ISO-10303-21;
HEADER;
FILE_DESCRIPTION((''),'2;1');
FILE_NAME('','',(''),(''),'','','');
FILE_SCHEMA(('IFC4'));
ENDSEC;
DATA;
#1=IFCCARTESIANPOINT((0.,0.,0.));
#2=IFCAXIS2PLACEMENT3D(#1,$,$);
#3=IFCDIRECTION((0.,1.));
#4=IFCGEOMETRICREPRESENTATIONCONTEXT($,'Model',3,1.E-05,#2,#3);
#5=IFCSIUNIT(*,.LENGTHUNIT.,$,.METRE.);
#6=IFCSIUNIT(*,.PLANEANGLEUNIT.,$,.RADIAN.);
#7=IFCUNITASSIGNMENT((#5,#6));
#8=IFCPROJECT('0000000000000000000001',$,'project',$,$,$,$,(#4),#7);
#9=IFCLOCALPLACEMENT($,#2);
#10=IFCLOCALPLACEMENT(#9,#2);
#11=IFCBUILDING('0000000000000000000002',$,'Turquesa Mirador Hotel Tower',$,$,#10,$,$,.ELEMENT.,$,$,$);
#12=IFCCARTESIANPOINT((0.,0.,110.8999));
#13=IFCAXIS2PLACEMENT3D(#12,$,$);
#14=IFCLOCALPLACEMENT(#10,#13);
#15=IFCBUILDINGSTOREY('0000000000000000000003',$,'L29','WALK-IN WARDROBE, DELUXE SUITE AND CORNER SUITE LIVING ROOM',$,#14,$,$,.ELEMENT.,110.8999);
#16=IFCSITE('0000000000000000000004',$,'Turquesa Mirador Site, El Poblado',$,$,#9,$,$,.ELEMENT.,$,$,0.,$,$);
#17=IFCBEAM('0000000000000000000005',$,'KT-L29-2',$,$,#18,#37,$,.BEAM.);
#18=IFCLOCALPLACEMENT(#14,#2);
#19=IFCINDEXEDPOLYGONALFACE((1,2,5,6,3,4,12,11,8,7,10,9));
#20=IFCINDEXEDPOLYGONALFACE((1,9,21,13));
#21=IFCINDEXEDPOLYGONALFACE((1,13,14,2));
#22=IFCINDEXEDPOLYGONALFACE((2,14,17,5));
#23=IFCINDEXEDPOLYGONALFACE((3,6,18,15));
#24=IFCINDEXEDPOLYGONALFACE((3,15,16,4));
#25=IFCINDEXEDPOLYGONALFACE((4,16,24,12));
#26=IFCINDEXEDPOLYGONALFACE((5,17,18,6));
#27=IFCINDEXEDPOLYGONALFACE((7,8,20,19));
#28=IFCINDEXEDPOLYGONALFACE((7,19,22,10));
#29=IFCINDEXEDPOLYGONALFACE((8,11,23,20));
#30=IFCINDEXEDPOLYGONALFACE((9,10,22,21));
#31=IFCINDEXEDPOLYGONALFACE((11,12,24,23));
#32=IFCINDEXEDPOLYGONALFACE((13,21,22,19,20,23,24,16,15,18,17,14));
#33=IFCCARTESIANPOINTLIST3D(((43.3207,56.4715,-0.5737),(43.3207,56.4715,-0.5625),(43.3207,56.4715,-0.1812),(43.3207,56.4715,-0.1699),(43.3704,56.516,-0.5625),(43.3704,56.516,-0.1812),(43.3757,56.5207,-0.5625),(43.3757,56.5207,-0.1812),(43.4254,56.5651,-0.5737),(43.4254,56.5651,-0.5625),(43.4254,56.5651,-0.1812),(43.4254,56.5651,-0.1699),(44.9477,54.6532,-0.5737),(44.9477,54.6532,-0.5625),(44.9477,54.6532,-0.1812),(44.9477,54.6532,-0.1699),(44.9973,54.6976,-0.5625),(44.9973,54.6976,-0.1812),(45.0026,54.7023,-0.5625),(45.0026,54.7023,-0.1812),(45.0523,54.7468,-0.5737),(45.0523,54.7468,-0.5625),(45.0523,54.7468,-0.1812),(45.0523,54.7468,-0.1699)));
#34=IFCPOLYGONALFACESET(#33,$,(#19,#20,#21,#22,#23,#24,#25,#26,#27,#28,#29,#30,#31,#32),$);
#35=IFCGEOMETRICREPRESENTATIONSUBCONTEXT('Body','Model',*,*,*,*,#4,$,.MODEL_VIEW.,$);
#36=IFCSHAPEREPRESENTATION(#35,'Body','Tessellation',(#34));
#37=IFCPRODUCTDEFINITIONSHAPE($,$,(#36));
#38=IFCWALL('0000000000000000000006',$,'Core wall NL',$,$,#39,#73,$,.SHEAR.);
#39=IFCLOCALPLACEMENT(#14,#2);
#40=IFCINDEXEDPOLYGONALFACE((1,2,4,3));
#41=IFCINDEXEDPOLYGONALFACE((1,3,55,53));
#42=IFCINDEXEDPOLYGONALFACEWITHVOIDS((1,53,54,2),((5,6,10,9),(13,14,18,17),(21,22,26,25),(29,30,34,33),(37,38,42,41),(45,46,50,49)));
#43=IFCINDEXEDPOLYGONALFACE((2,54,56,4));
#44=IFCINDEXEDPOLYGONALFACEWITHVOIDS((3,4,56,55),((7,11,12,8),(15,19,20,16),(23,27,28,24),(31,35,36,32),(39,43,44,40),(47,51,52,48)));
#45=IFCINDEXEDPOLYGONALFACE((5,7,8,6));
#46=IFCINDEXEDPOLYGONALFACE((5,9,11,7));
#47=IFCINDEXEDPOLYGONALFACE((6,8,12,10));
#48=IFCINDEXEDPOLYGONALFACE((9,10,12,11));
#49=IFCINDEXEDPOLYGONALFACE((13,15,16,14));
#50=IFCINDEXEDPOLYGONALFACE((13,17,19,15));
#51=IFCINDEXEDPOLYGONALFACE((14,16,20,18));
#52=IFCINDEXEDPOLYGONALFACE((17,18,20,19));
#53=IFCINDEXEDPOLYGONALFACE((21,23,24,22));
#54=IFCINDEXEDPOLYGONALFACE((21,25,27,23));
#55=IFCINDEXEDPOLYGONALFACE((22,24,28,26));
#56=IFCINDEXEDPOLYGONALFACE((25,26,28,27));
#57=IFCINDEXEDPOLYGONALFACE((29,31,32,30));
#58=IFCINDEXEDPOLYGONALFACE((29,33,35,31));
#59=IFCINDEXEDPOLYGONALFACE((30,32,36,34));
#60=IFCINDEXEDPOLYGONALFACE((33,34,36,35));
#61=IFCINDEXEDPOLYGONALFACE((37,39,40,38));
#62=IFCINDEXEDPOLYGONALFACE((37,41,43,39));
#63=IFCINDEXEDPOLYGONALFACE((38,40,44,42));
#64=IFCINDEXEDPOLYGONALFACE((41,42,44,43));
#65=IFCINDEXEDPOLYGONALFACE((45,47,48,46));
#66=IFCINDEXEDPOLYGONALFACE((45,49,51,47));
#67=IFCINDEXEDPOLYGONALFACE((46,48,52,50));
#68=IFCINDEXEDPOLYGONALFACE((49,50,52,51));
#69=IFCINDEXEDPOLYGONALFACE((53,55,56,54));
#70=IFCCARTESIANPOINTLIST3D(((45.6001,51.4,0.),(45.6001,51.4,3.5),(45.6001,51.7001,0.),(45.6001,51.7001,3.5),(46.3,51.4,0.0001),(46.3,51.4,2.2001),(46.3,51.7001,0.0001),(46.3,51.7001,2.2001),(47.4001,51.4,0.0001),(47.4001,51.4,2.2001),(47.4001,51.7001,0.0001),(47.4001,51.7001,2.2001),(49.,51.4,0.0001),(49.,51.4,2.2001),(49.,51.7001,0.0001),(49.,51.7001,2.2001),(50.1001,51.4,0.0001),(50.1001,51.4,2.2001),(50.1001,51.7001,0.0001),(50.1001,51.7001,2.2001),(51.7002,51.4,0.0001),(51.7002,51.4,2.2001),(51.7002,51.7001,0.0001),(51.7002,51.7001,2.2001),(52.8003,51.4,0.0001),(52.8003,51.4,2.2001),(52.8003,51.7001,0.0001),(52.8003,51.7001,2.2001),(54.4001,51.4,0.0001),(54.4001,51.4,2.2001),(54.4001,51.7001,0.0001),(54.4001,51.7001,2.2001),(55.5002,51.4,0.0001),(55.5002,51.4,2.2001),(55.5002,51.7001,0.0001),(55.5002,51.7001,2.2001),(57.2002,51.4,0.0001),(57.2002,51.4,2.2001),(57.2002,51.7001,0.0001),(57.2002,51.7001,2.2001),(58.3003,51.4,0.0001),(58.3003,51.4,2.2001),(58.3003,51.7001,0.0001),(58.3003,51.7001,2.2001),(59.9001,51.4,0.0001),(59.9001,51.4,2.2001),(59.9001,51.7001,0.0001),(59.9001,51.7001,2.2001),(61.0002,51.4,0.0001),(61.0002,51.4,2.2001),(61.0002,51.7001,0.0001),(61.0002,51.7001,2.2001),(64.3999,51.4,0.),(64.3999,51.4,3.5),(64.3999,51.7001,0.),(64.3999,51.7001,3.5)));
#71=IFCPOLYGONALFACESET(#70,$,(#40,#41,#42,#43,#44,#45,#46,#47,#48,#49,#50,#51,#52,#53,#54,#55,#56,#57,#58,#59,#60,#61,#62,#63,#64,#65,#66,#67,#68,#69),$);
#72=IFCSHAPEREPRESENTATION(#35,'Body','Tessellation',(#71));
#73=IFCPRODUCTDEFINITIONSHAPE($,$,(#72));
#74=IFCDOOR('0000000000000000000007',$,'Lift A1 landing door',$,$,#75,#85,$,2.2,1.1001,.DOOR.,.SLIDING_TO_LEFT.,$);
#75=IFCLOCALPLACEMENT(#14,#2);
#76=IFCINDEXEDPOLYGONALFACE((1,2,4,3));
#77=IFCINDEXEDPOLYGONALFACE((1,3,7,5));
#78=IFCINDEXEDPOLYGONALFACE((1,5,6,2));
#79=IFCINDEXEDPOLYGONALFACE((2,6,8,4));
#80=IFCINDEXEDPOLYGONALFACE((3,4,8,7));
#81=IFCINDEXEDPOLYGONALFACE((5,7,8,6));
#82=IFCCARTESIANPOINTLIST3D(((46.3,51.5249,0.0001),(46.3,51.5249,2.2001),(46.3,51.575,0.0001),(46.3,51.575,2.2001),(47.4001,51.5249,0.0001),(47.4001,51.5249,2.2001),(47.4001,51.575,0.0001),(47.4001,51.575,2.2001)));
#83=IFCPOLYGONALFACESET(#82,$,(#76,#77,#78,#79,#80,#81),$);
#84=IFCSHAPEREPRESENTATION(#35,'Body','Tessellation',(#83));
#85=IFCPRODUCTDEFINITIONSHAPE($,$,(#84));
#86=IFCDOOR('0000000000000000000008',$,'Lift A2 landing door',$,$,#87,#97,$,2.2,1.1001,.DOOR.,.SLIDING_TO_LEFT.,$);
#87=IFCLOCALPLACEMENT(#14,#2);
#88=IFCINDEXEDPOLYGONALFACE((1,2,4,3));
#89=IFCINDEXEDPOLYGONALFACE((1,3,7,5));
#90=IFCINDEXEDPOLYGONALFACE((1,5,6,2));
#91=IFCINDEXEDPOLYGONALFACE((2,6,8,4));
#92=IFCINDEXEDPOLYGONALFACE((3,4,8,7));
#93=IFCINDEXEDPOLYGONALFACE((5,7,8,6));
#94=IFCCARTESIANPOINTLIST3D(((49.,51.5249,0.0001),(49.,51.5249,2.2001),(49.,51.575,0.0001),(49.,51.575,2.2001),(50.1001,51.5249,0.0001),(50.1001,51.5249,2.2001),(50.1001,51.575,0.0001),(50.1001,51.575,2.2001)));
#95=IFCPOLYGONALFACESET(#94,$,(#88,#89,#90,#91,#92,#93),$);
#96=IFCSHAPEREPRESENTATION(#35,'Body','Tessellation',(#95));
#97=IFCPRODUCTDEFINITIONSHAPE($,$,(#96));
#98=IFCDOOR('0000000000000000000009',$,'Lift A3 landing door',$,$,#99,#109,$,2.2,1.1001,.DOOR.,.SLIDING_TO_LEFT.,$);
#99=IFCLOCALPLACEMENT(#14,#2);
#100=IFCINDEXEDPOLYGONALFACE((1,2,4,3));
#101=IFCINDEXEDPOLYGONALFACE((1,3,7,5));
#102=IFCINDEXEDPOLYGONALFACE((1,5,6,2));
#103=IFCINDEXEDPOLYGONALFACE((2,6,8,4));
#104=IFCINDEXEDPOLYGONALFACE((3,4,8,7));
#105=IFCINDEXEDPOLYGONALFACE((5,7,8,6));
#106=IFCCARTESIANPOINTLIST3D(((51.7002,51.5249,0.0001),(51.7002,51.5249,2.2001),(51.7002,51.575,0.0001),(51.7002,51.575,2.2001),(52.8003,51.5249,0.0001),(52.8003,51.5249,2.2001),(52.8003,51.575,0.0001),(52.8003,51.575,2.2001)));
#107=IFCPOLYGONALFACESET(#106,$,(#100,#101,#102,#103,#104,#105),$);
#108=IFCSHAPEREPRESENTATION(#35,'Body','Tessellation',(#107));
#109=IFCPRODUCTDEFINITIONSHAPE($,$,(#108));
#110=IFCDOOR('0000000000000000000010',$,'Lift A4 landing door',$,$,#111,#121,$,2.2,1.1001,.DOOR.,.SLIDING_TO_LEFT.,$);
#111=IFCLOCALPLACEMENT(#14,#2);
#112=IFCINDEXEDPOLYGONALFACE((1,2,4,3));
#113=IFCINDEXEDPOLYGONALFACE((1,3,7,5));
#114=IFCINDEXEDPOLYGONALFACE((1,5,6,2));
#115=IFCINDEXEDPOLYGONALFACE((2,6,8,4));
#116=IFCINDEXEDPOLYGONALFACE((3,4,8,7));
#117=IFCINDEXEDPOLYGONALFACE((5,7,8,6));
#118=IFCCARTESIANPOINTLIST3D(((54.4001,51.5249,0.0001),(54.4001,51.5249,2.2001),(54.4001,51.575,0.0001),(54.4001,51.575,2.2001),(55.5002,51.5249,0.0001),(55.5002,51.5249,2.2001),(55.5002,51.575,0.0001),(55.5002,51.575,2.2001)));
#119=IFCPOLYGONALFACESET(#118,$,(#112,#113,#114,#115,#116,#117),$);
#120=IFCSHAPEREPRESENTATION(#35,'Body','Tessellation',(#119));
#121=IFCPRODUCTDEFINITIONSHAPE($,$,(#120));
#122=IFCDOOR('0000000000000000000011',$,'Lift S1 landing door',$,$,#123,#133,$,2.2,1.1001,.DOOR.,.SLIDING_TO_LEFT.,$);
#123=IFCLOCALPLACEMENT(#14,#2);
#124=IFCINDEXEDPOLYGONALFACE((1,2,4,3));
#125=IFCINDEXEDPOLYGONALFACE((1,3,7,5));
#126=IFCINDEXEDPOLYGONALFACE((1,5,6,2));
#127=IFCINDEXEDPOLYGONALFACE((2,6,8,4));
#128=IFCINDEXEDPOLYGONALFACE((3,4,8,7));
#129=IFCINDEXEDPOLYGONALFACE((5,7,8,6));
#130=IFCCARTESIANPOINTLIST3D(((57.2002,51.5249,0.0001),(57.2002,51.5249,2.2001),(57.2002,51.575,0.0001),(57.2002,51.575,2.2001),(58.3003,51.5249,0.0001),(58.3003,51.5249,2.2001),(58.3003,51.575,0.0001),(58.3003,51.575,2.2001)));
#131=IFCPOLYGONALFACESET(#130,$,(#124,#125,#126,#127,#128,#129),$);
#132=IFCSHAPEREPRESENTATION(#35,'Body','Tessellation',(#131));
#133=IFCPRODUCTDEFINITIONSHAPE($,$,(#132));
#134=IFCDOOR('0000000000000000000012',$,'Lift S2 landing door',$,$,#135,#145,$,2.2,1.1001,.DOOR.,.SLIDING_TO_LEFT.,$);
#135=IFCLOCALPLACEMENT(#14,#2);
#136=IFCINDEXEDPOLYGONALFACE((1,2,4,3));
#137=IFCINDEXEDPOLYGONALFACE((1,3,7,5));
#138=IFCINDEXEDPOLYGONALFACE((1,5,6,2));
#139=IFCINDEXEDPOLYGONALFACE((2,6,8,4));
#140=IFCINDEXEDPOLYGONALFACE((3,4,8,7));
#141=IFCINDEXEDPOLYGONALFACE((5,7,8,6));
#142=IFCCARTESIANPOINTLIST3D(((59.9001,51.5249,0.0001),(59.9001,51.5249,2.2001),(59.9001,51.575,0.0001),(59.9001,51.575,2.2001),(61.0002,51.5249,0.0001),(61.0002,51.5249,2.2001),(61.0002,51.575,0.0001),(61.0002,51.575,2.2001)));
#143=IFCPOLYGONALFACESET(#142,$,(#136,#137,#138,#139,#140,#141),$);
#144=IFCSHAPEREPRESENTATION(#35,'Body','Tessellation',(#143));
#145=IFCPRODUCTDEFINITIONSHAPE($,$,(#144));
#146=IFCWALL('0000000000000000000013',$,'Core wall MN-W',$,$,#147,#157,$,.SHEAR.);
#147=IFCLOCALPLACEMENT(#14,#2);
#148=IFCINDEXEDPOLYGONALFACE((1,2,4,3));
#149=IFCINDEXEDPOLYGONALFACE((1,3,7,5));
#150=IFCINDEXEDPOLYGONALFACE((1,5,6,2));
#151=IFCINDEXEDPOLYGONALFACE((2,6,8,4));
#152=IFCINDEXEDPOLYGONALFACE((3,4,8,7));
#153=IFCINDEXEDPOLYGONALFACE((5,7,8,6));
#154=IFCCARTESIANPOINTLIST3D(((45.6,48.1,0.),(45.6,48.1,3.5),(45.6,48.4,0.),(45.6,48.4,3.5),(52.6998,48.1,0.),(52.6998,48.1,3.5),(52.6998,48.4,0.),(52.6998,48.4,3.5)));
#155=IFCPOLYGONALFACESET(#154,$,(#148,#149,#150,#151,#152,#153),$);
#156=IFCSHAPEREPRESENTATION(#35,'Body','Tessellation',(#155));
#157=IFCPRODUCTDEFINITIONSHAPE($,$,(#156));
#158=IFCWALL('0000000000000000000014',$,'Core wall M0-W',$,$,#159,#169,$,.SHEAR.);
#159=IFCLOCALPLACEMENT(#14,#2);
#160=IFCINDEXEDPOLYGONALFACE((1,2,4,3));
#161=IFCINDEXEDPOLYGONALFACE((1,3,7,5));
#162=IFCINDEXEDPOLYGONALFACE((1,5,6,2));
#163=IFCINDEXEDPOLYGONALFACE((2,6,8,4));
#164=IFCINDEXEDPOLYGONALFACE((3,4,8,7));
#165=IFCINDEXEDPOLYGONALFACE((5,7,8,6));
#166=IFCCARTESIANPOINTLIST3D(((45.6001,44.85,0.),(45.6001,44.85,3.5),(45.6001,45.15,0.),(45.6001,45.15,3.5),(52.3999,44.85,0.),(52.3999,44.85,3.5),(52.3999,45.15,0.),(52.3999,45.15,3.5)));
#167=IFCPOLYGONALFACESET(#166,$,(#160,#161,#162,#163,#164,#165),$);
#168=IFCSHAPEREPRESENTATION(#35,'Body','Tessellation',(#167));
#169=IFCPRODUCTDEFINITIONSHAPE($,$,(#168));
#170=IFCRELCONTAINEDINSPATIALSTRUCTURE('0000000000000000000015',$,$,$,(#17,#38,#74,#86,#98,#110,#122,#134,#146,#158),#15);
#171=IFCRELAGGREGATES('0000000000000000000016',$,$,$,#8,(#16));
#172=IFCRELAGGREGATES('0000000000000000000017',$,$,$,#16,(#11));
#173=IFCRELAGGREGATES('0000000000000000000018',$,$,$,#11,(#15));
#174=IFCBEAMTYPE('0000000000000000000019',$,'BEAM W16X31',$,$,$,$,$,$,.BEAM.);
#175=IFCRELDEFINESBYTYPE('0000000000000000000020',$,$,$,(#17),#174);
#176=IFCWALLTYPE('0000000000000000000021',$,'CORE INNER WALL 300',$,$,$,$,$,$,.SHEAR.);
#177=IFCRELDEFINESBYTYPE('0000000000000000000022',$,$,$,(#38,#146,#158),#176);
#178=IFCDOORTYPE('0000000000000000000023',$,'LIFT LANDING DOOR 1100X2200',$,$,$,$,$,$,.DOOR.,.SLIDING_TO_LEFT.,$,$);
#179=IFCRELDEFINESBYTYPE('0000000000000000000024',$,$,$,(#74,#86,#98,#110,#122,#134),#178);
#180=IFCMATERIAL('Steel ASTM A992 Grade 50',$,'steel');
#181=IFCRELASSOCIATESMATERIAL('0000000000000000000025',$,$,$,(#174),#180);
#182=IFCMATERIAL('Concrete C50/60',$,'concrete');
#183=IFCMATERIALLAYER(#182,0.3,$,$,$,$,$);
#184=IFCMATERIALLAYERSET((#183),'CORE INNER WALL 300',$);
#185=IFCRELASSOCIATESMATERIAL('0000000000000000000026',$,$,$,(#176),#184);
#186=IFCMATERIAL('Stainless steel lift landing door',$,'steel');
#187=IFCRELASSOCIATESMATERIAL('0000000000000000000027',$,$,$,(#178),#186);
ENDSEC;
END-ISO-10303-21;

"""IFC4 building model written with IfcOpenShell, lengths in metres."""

from ifc_helpers import new_model, si_unit, direction, frame, frame_2d, origin, origin_2d, place, context, subcontext, project, spatial, rectangle, i_section, extrude, material, layer, layer_set, material_profile, profile_set, type_object, element, fill, save


model = new_model("IFC4")

# Units and contexts
model_context = context("Model", 3, precision=1e-05, world=origin(), true_north=direction((0.0, 1.0)))
body_context = subcontext(model_context, "Body", "Model", "MODEL_VIEW")
ifc_project = project(units=[si_unit("LENGTHUNIT", "METRE"), si_unit("PLANEANGLEUNIT", "RADIAN")], contexts=[model_context])

# Site, building, storey
site_placement = place(None, origin())
site = spatial("IfcSite", under=ifc_project, at=site_placement, Name="Turquesa Mirador Site, El Poblado", CompositionType="ELEMENT", RefElevation=0.0)
building_placement = place(site_placement, origin())
building = spatial("IfcBuilding", under=site, at=building_placement, Name="Turquesa Mirador Hotel Tower", CompositionType="ELEMENT")
storey_placement = place(building_placement, frame((0.0, 0.0, 110.8999)))
storey = spatial("IfcBuildingStorey", under=building, at=storey_placement, Name="L29", Description="WALK-IN WARDROBE, DELUXE SUITE AND CORNER SUITE LIVING ROOM", CompositionType="ELEMENT", Elevation=110.8999)

# Beam
ifc_material_1 = material(Name="Steel ASTM A992 Grade 50", Category="steel")
ifc_material_profile = material_profile(ifc_material_1, i_section(OverallWidth=0.1404, OverallDepth=0.4038, WebThickness=0.0071, FlangeThickness=0.0112, at=origin_2d()), Name="W16X31")
ifc_profile_set = profile_set([ifc_material_profile], Name="Steel ASTM A992 Grade 50")
beam_type = type_object("IfcBeamType", Name="BEAM W16X31", PredefinedType="BEAM", material=ifc_profile_set)
beam_placement = place(storey_placement, frame((43.373, 56.5183, -0.3718), z_axis=(0.666795, -0.745241, 0.0), x_axis=(0.745241, 0.666795, 0.0)))
element("IfcBeam", 1, at=beam_placement, inside=storey, type_object=beam_type, Name="KT-L29-2", PredefinedType="BEAM", context=body_context, shape_type="SweptSolid", body=[
    extrude(i_section(OverallWidth=0.1404, OverallDepth=0.4038, WebThickness=0.0071, FlangeThickness=0.0112, at=origin_2d()), origin(), (0.0, 0.0, 1.0), 2.4399),
])

# Wall, openings, doors
ifc_material_2 = material(Name="Concrete C50/60", Category="concrete")
ifc_layer_1 = layer(ifc_material_2, 0.3)
ifc_layer_set_1 = layer_set([ifc_layer_1], Name="CORE INNER WALL 300")
wall_type_1 = type_object("IfcWallType", Name="CORE INNER WALL 300", PredefinedType="SHEAR", material=ifc_layer_set_1)
wall_1_placement = place(storey_placement, frame((45.6001, 51.55, 0.0), z_axis=(0.0, 0.0, 1.0), x_axis=(1.0, 0.0, 0.0)))
wall_1 = element("IfcWall", 2, at=wall_1_placement, inside=storey, type_object=wall_type_1, Name="Core wall NL", PredefinedType="SHEAR", context=body_context, shape_type="SweptSolid", body=[
    extrude(rectangle(XDim=18.7998, YDim=0.3, at=frame_2d((9.3999, 0.0))), origin(), (0.0, 0.0, 1.0), 3.5),
])
opening_1_placement = place(wall_1_placement, frame((0.7, 0.0, 0.0)))
opening_1 = element("IfcOpeningElement", 3, at=opening_1_placement, cuts=wall_1, PredefinedType="OPENING", context=body_context, shape_type="SweptSolid", body=[
    extrude(rectangle(XDim=1.1001, YDim=2.2, at=frame_2d((0.55, 1.1001))), frame((0.0, 0.1599, 0.0), z_axis=(0.0, -1.0, 0.0), x_axis=(1.0, 0.0, 0.0)), (0.0, 0.0, 1.0), 0.3201),
])
opening_2_placement = place(wall_1_placement, frame((3.3999, 0.0, 0.0)))
opening_2 = element("IfcOpeningElement", 4, at=opening_2_placement, cuts=wall_1, PredefinedType="OPENING", context=body_context, shape_type="SweptSolid", body=[
    extrude(rectangle(XDim=1.1001, YDim=2.2, at=frame_2d((0.55, 1.1001))), frame((0.0, 0.1599, 0.0), z_axis=(0.0, -1.0, 0.0), x_axis=(1.0, 0.0, 0.0)), (0.0, 0.0, 1.0), 0.3201),
])
opening_3_placement = place(wall_1_placement, frame((6.1001, 0.0, 0.0)))
opening_3 = element("IfcOpeningElement", 5, at=opening_3_placement, cuts=wall_1, PredefinedType="OPENING", context=body_context, shape_type="SweptSolid", body=[
    extrude(rectangle(XDim=1.1001, YDim=2.2, at=frame_2d((0.55, 1.1001))), frame((0.0, 0.1599, 0.0), z_axis=(0.0, -1.0, 0.0), x_axis=(1.0, 0.0, 0.0)), (0.0, 0.0, 1.0), 0.3201),
])
opening_4_placement = place(wall_1_placement, frame((8.8, 0.0, 0.0)))
opening_4 = element("IfcOpeningElement", 6, at=opening_4_placement, cuts=wall_1, PredefinedType="OPENING", context=body_context, shape_type="SweptSolid", body=[
    extrude(rectangle(XDim=1.1001, YDim=2.2, at=frame_2d((0.55, 1.1001))), frame((0.0, 0.1599, 0.0), z_axis=(0.0, -1.0, 0.0), x_axis=(1.0, 0.0, 0.0)), (0.0, 0.0, 1.0), 0.3201),
])
opening_5_placement = place(wall_1_placement, frame((11.6001, 0.0, 0.0)))
opening_5 = element("IfcOpeningElement", 7, at=opening_5_placement, cuts=wall_1, PredefinedType="OPENING", context=body_context, shape_type="SweptSolid", body=[
    extrude(rectangle(XDim=1.1001, YDim=2.2, at=frame_2d((0.55, 1.1001))), frame((0.0, 0.1599, 0.0), z_axis=(0.0, -1.0, 0.0), x_axis=(1.0, 0.0, 0.0)), (0.0, 0.0, 1.0), 0.3201),
])
opening_6_placement = place(wall_1_placement, frame((14.3, 0.0, 0.0)))
opening_6 = element("IfcOpeningElement", 8, at=opening_6_placement, cuts=wall_1, PredefinedType="OPENING", context=body_context, shape_type="SweptSolid", body=[
    extrude(rectangle(XDim=1.1001, YDim=2.2, at=frame_2d((0.55, 1.1001))), frame((0.0, 0.1599, 0.0), z_axis=(0.0, -1.0, 0.0), x_axis=(1.0, 0.0, 0.0)), (0.0, 0.0, 1.0), 0.3201),
])
ifc_material_3 = material(Name="Stainless steel lift landing door", Category="steel")
door_type_1 = type_object("IfcDoorType", Name="LIFT LANDING DOOR 1100X2200", OperationType="SLIDING_TO_LEFT", PredefinedType="DOOR", material=ifc_material_3)
door_1_placement = place(opening_1_placement, origin())
door_1 = element("IfcDoor", 9, at=door_1_placement, inside=storey, type_object=door_type_1, Name="Lift A1 landing door", OperationType="SLIDING_TO_LEFT", OverallHeight=2.2, OverallWidth=1.1001, PredefinedType="DOOR", context=body_context, shape_type="SweptSolid", body=[
    extrude(rectangle(XDim=1.1001, YDim=2.2, at=frame_2d((0.55, 1.1001))), frame((0.0, 0.0249, 0.0), z_axis=(0.0, -1.0, 0.0), x_axis=(1.0, 0.0, 0.0)), (0.0, 0.0, 1.0), 0.05),
])
fill(opening_1, door_1)
door_2_placement = place(opening_2_placement, origin())
door_2 = element("IfcDoor", 10, at=door_2_placement, inside=storey, type_object=door_type_1, Name="Lift A2 landing door", OperationType="SLIDING_TO_LEFT", OverallHeight=2.2, OverallWidth=1.1001, PredefinedType="DOOR", context=body_context, shape_type="SweptSolid", body=[
    extrude(rectangle(XDim=1.1001, YDim=2.2, at=frame_2d((0.55, 1.1001))), frame((0.0, 0.0249, 0.0), z_axis=(0.0, -1.0, 0.0), x_axis=(1.0, 0.0, 0.0)), (0.0, 0.0, 1.0), 0.05),
])
fill(opening_2, door_2)
door_3_placement = place(opening_3_placement, origin())
door_3 = element("IfcDoor", 11, at=door_3_placement, inside=storey, type_object=door_type_1, Name="Lift A3 landing door", OperationType="SLIDING_TO_LEFT", OverallHeight=2.2, OverallWidth=1.1001, PredefinedType="DOOR", context=body_context, shape_type="SweptSolid", body=[
    extrude(rectangle(XDim=1.1001, YDim=2.2, at=frame_2d((0.55, 1.1001))), frame((0.0, 0.0249, 0.0), z_axis=(0.0, -1.0, 0.0), x_axis=(1.0, 0.0, 0.0)), (0.0, 0.0, 1.0), 0.05),
])
fill(opening_3, door_3)
door_4_placement = place(opening_4_placement, origin())
door_4 = element("IfcDoor", 12, at=door_4_placement, inside=storey, type_object=door_type_1, Name="Lift A4 landing door", OperationType="SLIDING_TO_LEFT", OverallHeight=2.2, OverallWidth=1.1001, PredefinedType="DOOR", context=body_context, shape_type="SweptSolid", body=[
    extrude(rectangle(XDim=1.1001, YDim=2.2, at=frame_2d((0.55, 1.1001))), frame((0.0, 0.0249, 0.0), z_axis=(0.0, -1.0, 0.0), x_axis=(1.0, 0.0, 0.0)), (0.0, 0.0, 1.0), 0.05),
])
fill(opening_4, door_4)
door_5_placement = place(opening_5_placement, origin())
door_5 = element("IfcDoor", 13, at=door_5_placement, inside=storey, type_object=door_type_1, Name="Lift S1 landing door", OperationType="SLIDING_TO_LEFT", OverallHeight=2.2, OverallWidth=1.1001, PredefinedType="DOOR", context=body_context, shape_type="SweptSolid", body=[
    extrude(rectangle(XDim=1.1001, YDim=2.2, at=frame_2d((0.55, 1.1001))), frame((0.0, 0.0249, 0.0), z_axis=(0.0, -1.0, 0.0), x_axis=(1.0, 0.0, 0.0)), (0.0, 0.0, 1.0), 0.05),
])
fill(opening_5, door_5)
door_6_placement = place(opening_6_placement, origin())
door_6 = element("IfcDoor", 14, at=door_6_placement, inside=storey, type_object=door_type_1, Name="Lift S2 landing door", OperationType="SLIDING_TO_LEFT", OverallHeight=2.2, OverallWidth=1.1001, PredefinedType="DOOR", context=body_context, shape_type="SweptSolid", body=[
    extrude(rectangle(XDim=1.1001, YDim=2.2, at=frame_2d((0.55, 1.1001))), frame((0.0, 0.0249, 0.0), z_axis=(0.0, -1.0, 0.0), x_axis=(1.0, 0.0, 0.0)), (0.0, 0.0, 1.0), 0.05),
])
fill(opening_6, door_6)

# Walls
wall_2_placement = place(storey_placement, frame((45.6001, 48.25, 0.0), z_axis=(0.0, 0.0, 1.0), x_axis=(1.0, 0.0, 0.0)))
element("IfcWall", 15, at=wall_2_placement, inside=storey, type_object=wall_type_1, Name="Core wall MN-W", PredefinedType="SHEAR", context=body_context, shape_type="SweptSolid", body=[
    extrude(rectangle(XDim=7.0999, YDim=0.3, at=frame_2d((3.5498, 0.0))), origin(), (0.0, 0.0, 1.0), 3.5),
])
wall_3_placement = place(storey_placement, frame((45.6001, 45.0, 0.0), z_axis=(0.0, 0.0, 1.0), x_axis=(1.0, 0.0, 0.0)))
element("IfcWall", 16, at=wall_3_placement, inside=storey, type_object=wall_type_1, Name="Core wall M0-W", PredefinedType="SHEAR", context=body_context, shape_type="SweptSolid", body=[
    extrude(rectangle(XDim=6.7998, YDim=0.3, at=frame_2d((3.3999, 0.0))), origin(), (0.0, 0.0, 1.0), 3.5),
])

save(model, "model.ifc")
